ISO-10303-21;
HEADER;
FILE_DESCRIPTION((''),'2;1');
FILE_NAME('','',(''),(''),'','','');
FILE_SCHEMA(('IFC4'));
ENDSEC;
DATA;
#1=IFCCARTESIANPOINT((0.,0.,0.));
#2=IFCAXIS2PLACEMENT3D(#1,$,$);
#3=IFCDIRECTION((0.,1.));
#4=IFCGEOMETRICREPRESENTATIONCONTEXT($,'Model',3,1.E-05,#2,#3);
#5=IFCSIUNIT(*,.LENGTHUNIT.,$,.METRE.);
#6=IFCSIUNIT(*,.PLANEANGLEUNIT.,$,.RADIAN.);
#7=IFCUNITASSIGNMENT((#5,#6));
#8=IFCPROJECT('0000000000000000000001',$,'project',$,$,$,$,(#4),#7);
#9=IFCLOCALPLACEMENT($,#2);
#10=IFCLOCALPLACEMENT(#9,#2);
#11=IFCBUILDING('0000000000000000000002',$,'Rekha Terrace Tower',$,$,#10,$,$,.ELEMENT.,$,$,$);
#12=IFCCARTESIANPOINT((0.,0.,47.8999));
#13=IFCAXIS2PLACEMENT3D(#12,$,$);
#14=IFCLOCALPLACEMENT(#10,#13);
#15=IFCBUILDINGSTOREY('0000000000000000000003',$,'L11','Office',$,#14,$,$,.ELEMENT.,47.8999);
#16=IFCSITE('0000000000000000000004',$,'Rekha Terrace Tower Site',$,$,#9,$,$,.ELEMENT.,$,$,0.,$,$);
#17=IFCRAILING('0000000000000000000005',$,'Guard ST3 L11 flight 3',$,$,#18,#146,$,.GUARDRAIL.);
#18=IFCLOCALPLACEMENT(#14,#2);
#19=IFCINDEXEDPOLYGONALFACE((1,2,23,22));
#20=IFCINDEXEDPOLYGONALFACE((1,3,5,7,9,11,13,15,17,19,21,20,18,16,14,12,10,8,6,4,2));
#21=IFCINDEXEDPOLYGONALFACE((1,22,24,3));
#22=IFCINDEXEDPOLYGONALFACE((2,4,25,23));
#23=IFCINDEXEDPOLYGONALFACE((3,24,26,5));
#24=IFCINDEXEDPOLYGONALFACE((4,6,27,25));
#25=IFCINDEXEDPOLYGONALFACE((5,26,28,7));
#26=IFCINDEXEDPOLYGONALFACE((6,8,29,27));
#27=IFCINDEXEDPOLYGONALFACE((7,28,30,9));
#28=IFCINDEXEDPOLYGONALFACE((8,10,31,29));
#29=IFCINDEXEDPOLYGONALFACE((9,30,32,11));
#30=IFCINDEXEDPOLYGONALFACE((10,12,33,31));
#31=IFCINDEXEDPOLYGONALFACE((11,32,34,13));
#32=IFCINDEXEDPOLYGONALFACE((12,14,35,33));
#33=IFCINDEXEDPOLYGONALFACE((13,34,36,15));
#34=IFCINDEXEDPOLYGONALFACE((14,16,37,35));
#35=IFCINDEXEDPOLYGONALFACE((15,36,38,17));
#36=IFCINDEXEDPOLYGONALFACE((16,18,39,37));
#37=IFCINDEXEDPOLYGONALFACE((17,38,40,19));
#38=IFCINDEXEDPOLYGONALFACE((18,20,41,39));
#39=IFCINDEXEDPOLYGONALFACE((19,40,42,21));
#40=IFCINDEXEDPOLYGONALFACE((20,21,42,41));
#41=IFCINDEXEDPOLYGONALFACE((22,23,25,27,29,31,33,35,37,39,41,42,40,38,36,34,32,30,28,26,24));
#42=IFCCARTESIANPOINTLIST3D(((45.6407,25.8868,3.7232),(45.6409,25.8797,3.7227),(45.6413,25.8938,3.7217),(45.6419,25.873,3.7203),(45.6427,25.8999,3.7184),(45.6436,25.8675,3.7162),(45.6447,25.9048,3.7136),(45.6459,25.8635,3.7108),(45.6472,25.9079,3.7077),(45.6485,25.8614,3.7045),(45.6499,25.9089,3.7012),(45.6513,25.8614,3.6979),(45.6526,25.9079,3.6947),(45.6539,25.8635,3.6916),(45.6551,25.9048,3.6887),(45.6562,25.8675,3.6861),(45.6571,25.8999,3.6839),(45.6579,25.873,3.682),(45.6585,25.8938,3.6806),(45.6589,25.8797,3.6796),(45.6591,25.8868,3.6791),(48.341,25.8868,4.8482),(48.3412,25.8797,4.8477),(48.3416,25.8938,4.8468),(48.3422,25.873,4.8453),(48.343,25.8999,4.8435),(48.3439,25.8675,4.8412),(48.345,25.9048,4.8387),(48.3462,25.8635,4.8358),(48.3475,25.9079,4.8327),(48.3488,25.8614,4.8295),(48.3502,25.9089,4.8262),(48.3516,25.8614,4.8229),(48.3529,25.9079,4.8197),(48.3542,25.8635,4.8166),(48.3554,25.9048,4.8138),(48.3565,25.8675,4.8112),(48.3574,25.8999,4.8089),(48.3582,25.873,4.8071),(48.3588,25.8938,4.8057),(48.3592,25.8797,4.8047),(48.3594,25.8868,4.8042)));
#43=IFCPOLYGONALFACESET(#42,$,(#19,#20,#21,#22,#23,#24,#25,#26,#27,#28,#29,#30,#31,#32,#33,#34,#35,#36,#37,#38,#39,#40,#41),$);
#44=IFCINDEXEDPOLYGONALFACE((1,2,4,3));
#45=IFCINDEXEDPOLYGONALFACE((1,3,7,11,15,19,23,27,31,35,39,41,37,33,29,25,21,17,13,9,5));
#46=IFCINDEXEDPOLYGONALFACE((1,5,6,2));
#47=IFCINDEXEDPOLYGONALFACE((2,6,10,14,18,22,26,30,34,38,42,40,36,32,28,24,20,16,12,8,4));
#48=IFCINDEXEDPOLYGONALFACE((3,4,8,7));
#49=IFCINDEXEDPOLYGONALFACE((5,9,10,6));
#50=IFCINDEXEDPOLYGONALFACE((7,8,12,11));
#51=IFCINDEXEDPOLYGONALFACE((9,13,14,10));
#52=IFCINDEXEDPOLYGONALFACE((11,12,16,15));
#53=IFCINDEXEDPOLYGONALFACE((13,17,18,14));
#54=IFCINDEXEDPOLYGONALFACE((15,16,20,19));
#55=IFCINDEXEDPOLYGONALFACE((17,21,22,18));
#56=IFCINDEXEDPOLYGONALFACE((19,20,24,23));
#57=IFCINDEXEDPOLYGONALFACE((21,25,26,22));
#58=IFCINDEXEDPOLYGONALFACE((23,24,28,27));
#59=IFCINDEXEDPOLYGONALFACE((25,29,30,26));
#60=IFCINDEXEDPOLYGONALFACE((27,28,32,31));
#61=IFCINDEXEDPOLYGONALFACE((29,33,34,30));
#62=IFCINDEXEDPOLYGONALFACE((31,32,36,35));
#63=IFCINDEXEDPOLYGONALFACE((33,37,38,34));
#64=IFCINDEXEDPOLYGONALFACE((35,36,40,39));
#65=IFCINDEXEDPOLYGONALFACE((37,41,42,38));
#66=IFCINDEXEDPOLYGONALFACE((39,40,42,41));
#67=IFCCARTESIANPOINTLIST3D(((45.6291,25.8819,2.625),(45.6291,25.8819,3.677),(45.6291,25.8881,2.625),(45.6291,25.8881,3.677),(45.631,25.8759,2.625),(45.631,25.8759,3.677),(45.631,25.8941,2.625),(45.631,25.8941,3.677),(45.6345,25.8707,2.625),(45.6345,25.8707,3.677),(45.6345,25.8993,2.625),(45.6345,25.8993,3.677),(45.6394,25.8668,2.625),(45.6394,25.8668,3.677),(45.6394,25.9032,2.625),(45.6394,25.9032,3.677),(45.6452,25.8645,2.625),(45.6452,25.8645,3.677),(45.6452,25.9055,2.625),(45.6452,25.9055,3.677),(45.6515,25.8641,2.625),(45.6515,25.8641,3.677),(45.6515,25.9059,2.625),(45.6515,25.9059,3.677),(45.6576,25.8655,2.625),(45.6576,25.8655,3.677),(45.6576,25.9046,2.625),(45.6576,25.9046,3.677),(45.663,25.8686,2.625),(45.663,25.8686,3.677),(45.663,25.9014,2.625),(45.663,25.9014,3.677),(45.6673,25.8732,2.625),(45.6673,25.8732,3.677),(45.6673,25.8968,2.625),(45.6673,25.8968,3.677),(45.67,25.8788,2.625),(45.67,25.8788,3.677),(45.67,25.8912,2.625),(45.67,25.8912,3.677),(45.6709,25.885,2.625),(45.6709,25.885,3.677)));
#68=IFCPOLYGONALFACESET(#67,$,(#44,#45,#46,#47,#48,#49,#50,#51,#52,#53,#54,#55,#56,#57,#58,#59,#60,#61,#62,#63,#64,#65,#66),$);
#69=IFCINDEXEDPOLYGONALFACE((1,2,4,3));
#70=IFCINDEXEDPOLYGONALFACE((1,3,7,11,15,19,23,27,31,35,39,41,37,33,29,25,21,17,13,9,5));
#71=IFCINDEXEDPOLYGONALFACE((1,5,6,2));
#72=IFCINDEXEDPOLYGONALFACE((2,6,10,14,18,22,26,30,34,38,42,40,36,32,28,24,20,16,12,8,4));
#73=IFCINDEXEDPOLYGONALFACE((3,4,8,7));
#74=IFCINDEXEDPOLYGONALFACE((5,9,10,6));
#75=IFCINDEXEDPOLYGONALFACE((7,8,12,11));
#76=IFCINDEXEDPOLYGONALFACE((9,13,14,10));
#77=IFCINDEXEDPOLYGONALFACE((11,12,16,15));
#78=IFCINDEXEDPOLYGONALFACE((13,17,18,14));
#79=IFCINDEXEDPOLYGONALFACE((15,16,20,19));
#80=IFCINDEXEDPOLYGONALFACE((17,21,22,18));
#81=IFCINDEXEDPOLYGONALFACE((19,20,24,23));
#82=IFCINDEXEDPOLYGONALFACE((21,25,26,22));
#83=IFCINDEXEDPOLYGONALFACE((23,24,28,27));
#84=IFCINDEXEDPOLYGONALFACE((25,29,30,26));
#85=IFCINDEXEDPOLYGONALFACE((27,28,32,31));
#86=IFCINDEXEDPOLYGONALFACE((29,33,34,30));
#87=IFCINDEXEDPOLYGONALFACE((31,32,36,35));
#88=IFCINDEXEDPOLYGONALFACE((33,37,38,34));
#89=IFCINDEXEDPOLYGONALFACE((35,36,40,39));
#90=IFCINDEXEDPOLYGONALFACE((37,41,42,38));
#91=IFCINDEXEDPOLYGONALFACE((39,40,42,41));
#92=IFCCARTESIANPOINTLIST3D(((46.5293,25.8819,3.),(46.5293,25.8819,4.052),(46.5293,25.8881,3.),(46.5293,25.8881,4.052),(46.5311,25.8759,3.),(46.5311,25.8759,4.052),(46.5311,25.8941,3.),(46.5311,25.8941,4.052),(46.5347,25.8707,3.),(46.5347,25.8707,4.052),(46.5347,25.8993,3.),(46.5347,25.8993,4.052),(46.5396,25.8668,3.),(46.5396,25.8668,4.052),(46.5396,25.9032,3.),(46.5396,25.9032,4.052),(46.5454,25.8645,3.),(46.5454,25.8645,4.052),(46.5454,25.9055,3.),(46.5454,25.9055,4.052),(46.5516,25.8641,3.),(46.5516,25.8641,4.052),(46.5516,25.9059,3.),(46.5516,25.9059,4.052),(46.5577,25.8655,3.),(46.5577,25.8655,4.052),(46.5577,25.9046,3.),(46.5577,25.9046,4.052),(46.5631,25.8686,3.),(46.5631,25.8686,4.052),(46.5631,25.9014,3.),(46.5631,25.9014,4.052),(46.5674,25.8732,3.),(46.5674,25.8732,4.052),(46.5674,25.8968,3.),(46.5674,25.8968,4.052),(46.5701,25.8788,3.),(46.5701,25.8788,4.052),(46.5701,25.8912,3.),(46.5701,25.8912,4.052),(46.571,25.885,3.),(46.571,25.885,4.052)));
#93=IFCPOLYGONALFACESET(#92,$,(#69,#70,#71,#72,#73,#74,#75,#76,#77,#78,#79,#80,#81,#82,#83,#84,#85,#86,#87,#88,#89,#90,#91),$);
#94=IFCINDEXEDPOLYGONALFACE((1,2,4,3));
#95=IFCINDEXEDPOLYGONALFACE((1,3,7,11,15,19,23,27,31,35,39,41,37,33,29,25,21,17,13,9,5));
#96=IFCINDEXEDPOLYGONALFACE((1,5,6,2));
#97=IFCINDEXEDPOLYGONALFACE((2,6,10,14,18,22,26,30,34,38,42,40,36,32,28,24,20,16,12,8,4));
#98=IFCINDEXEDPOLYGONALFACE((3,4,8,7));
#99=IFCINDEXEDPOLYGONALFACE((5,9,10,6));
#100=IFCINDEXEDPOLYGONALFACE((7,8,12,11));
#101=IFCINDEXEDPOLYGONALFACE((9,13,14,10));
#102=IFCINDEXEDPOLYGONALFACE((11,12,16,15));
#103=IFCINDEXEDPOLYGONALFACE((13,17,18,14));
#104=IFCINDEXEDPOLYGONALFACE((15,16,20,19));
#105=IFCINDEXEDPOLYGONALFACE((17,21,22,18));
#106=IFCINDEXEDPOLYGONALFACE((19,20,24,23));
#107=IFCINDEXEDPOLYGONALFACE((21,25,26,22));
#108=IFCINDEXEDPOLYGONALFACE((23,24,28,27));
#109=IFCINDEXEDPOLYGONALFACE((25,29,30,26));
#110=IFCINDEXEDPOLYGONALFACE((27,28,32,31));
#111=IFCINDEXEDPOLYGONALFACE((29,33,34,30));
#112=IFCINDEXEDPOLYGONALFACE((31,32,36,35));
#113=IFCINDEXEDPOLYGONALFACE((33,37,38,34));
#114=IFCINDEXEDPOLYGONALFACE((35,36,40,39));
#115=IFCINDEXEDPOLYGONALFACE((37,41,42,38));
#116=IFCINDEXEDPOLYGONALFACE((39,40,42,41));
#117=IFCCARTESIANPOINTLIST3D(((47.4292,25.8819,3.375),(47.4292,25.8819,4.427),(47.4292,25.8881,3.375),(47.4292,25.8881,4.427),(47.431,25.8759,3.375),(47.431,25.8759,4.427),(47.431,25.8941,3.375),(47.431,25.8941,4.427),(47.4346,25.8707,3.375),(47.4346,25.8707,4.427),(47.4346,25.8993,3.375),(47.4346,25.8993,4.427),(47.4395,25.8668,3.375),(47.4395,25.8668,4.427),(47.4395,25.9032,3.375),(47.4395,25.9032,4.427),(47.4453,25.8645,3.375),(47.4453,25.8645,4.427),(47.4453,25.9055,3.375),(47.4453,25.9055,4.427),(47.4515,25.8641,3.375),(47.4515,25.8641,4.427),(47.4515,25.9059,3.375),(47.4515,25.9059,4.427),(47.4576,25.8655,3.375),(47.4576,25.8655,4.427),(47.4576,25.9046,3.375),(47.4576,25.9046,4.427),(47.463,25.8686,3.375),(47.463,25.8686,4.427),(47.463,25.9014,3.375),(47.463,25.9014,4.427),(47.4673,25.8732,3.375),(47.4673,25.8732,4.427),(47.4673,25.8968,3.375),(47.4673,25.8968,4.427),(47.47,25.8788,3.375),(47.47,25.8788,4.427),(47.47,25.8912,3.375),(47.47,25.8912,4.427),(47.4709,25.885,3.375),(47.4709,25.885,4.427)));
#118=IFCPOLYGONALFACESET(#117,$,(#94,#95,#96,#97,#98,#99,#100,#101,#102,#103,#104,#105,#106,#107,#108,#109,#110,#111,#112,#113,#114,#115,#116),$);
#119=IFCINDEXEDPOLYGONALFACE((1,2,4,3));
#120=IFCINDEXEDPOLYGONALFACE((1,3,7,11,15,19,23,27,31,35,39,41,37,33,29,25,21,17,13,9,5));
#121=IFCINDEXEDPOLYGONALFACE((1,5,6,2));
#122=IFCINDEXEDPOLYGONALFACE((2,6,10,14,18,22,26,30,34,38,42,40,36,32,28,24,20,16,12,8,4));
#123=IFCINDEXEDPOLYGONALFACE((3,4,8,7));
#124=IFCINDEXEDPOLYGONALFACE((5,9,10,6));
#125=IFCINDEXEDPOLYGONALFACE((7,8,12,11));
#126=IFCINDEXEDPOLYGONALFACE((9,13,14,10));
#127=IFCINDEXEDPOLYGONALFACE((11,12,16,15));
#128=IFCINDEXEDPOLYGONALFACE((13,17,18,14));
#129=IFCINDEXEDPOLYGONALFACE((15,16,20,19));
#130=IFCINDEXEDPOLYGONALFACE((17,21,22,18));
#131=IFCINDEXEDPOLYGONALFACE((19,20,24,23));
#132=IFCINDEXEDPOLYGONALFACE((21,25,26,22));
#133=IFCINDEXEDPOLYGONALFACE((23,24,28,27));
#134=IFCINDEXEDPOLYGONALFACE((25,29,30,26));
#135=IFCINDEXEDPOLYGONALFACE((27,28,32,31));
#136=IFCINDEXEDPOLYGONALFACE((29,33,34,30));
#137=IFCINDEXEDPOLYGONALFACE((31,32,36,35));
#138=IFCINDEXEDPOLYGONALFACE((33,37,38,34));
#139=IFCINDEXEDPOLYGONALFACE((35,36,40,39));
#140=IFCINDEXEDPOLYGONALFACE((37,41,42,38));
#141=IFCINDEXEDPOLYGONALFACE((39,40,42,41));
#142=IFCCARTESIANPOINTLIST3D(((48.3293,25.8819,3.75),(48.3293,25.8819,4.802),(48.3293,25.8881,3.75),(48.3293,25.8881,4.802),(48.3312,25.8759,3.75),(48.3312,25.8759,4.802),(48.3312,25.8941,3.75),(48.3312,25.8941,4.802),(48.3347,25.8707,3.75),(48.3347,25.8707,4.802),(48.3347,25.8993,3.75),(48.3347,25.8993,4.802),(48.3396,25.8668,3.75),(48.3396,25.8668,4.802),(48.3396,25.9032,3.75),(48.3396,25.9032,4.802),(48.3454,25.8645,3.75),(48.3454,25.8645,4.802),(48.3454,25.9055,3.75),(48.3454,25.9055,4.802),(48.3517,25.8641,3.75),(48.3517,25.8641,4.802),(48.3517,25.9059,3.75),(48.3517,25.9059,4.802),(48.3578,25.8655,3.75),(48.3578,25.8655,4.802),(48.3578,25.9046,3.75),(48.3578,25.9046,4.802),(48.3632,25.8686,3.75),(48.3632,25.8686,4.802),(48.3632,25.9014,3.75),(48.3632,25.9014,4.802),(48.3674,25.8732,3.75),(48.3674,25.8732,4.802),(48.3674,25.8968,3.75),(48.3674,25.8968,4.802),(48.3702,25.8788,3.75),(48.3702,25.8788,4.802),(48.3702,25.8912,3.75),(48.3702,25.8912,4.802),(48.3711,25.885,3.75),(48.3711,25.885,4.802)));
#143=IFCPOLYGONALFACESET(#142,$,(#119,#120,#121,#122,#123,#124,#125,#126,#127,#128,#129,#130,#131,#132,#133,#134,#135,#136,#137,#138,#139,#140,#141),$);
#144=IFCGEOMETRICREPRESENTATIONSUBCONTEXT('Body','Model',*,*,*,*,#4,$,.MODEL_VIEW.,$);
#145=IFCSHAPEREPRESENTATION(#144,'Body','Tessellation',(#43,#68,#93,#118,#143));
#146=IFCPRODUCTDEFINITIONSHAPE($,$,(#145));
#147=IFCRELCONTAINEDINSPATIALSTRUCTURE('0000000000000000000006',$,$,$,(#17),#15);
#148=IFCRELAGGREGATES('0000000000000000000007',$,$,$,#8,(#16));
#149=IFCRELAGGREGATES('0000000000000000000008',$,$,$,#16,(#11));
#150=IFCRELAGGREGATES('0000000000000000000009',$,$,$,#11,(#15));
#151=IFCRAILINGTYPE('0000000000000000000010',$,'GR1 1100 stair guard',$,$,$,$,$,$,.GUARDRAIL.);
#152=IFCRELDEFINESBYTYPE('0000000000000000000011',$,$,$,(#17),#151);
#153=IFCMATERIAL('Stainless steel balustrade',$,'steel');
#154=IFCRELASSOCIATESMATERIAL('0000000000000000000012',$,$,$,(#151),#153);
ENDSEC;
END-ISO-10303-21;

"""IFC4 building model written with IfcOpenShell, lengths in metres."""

from ifc_helpers import new_model, si_unit, direction, frame, origin, origin_2d, place, context, subcontext, project, spatial, circle, extrude, material, type_object, element, save


model = new_model("IFC4")

# Units and contexts
model_context = context("Model", 3, precision=1e-05, world=origin(), true_north=direction((0.0, 1.0)))
body_context = subcontext(model_context, "Body", "Model", "MODEL_VIEW")
ifc_project = project(units=[si_unit("LENGTHUNIT", "METRE"), si_unit("PLANEANGLEUNIT", "RADIAN")], contexts=[model_context])

# Site, building, storey
site_placement = place(None, origin())
site = spatial("IfcSite", under=ifc_project, at=site_placement, Name="Rekha Terrace Tower Site", CompositionType="ELEMENT", RefElevation=0.0)
building_placement = place(site_placement, origin())
building = spatial("IfcBuilding", under=site, at=building_placement, Name="Rekha Terrace Tower", CompositionType="ELEMENT")
storey_placement = place(building_placement, frame((0.0, 0.0, 47.8999)))
storey = spatial("IfcBuildingStorey", under=building, at=storey_placement, Name="L11", Description="Office", CompositionType="ELEMENT", Elevation=47.8999)

# Railing
ifc_material_1 = material(Name="Stainless steel balustrade", Category="steel")
railing_type_1 = type_object("IfcRailingType", Name="GR1 1100 stair guard", PredefinedType="GUARDRAIL", material=ifc_material_1)
railing_1_placement = place(storey_placement, frame((45.6499, 25.885, 2.625)))
element("IfcRailing", 1, at=railing_1_placement, inside=storey, type_object=railing_type_1, Name="Guard ST3 L11 flight 3", PredefinedType="GUARDRAIL", context=body_context, shape_type="SweptSolid", body=[
    extrude(circle(Radius=0.0239, at=origin_2d()), frame((0.0, 0.0, 1.0762), z_axis=(0.923087, 0.0, 0.384592), x_axis=(0.0, 1.0, 0.0)), (0.0, 0.0, 1.0), 2.9253),
    extrude(circle(Radius=0.021, at=origin_2d()), origin(), (0.0, 0.0, 1.0), 1.052),
    extrude(circle(Radius=0.021, at=origin_2d()), frame((0.9001, 0.0, 0.375)), (0.0, 0.0, 1.0), 1.052),
    extrude(circle(Radius=0.021, at=origin_2d()), frame((1.8, 0.0, 0.75)), (0.0, 0.0, 1.0), 1.052),
    extrude(circle(Radius=0.021, at=origin_2d()), frame((2.7002, 0.0, 1.125)), (0.0, 0.0, 1.0), 1.052),
])

save(model, "model.ifc")
